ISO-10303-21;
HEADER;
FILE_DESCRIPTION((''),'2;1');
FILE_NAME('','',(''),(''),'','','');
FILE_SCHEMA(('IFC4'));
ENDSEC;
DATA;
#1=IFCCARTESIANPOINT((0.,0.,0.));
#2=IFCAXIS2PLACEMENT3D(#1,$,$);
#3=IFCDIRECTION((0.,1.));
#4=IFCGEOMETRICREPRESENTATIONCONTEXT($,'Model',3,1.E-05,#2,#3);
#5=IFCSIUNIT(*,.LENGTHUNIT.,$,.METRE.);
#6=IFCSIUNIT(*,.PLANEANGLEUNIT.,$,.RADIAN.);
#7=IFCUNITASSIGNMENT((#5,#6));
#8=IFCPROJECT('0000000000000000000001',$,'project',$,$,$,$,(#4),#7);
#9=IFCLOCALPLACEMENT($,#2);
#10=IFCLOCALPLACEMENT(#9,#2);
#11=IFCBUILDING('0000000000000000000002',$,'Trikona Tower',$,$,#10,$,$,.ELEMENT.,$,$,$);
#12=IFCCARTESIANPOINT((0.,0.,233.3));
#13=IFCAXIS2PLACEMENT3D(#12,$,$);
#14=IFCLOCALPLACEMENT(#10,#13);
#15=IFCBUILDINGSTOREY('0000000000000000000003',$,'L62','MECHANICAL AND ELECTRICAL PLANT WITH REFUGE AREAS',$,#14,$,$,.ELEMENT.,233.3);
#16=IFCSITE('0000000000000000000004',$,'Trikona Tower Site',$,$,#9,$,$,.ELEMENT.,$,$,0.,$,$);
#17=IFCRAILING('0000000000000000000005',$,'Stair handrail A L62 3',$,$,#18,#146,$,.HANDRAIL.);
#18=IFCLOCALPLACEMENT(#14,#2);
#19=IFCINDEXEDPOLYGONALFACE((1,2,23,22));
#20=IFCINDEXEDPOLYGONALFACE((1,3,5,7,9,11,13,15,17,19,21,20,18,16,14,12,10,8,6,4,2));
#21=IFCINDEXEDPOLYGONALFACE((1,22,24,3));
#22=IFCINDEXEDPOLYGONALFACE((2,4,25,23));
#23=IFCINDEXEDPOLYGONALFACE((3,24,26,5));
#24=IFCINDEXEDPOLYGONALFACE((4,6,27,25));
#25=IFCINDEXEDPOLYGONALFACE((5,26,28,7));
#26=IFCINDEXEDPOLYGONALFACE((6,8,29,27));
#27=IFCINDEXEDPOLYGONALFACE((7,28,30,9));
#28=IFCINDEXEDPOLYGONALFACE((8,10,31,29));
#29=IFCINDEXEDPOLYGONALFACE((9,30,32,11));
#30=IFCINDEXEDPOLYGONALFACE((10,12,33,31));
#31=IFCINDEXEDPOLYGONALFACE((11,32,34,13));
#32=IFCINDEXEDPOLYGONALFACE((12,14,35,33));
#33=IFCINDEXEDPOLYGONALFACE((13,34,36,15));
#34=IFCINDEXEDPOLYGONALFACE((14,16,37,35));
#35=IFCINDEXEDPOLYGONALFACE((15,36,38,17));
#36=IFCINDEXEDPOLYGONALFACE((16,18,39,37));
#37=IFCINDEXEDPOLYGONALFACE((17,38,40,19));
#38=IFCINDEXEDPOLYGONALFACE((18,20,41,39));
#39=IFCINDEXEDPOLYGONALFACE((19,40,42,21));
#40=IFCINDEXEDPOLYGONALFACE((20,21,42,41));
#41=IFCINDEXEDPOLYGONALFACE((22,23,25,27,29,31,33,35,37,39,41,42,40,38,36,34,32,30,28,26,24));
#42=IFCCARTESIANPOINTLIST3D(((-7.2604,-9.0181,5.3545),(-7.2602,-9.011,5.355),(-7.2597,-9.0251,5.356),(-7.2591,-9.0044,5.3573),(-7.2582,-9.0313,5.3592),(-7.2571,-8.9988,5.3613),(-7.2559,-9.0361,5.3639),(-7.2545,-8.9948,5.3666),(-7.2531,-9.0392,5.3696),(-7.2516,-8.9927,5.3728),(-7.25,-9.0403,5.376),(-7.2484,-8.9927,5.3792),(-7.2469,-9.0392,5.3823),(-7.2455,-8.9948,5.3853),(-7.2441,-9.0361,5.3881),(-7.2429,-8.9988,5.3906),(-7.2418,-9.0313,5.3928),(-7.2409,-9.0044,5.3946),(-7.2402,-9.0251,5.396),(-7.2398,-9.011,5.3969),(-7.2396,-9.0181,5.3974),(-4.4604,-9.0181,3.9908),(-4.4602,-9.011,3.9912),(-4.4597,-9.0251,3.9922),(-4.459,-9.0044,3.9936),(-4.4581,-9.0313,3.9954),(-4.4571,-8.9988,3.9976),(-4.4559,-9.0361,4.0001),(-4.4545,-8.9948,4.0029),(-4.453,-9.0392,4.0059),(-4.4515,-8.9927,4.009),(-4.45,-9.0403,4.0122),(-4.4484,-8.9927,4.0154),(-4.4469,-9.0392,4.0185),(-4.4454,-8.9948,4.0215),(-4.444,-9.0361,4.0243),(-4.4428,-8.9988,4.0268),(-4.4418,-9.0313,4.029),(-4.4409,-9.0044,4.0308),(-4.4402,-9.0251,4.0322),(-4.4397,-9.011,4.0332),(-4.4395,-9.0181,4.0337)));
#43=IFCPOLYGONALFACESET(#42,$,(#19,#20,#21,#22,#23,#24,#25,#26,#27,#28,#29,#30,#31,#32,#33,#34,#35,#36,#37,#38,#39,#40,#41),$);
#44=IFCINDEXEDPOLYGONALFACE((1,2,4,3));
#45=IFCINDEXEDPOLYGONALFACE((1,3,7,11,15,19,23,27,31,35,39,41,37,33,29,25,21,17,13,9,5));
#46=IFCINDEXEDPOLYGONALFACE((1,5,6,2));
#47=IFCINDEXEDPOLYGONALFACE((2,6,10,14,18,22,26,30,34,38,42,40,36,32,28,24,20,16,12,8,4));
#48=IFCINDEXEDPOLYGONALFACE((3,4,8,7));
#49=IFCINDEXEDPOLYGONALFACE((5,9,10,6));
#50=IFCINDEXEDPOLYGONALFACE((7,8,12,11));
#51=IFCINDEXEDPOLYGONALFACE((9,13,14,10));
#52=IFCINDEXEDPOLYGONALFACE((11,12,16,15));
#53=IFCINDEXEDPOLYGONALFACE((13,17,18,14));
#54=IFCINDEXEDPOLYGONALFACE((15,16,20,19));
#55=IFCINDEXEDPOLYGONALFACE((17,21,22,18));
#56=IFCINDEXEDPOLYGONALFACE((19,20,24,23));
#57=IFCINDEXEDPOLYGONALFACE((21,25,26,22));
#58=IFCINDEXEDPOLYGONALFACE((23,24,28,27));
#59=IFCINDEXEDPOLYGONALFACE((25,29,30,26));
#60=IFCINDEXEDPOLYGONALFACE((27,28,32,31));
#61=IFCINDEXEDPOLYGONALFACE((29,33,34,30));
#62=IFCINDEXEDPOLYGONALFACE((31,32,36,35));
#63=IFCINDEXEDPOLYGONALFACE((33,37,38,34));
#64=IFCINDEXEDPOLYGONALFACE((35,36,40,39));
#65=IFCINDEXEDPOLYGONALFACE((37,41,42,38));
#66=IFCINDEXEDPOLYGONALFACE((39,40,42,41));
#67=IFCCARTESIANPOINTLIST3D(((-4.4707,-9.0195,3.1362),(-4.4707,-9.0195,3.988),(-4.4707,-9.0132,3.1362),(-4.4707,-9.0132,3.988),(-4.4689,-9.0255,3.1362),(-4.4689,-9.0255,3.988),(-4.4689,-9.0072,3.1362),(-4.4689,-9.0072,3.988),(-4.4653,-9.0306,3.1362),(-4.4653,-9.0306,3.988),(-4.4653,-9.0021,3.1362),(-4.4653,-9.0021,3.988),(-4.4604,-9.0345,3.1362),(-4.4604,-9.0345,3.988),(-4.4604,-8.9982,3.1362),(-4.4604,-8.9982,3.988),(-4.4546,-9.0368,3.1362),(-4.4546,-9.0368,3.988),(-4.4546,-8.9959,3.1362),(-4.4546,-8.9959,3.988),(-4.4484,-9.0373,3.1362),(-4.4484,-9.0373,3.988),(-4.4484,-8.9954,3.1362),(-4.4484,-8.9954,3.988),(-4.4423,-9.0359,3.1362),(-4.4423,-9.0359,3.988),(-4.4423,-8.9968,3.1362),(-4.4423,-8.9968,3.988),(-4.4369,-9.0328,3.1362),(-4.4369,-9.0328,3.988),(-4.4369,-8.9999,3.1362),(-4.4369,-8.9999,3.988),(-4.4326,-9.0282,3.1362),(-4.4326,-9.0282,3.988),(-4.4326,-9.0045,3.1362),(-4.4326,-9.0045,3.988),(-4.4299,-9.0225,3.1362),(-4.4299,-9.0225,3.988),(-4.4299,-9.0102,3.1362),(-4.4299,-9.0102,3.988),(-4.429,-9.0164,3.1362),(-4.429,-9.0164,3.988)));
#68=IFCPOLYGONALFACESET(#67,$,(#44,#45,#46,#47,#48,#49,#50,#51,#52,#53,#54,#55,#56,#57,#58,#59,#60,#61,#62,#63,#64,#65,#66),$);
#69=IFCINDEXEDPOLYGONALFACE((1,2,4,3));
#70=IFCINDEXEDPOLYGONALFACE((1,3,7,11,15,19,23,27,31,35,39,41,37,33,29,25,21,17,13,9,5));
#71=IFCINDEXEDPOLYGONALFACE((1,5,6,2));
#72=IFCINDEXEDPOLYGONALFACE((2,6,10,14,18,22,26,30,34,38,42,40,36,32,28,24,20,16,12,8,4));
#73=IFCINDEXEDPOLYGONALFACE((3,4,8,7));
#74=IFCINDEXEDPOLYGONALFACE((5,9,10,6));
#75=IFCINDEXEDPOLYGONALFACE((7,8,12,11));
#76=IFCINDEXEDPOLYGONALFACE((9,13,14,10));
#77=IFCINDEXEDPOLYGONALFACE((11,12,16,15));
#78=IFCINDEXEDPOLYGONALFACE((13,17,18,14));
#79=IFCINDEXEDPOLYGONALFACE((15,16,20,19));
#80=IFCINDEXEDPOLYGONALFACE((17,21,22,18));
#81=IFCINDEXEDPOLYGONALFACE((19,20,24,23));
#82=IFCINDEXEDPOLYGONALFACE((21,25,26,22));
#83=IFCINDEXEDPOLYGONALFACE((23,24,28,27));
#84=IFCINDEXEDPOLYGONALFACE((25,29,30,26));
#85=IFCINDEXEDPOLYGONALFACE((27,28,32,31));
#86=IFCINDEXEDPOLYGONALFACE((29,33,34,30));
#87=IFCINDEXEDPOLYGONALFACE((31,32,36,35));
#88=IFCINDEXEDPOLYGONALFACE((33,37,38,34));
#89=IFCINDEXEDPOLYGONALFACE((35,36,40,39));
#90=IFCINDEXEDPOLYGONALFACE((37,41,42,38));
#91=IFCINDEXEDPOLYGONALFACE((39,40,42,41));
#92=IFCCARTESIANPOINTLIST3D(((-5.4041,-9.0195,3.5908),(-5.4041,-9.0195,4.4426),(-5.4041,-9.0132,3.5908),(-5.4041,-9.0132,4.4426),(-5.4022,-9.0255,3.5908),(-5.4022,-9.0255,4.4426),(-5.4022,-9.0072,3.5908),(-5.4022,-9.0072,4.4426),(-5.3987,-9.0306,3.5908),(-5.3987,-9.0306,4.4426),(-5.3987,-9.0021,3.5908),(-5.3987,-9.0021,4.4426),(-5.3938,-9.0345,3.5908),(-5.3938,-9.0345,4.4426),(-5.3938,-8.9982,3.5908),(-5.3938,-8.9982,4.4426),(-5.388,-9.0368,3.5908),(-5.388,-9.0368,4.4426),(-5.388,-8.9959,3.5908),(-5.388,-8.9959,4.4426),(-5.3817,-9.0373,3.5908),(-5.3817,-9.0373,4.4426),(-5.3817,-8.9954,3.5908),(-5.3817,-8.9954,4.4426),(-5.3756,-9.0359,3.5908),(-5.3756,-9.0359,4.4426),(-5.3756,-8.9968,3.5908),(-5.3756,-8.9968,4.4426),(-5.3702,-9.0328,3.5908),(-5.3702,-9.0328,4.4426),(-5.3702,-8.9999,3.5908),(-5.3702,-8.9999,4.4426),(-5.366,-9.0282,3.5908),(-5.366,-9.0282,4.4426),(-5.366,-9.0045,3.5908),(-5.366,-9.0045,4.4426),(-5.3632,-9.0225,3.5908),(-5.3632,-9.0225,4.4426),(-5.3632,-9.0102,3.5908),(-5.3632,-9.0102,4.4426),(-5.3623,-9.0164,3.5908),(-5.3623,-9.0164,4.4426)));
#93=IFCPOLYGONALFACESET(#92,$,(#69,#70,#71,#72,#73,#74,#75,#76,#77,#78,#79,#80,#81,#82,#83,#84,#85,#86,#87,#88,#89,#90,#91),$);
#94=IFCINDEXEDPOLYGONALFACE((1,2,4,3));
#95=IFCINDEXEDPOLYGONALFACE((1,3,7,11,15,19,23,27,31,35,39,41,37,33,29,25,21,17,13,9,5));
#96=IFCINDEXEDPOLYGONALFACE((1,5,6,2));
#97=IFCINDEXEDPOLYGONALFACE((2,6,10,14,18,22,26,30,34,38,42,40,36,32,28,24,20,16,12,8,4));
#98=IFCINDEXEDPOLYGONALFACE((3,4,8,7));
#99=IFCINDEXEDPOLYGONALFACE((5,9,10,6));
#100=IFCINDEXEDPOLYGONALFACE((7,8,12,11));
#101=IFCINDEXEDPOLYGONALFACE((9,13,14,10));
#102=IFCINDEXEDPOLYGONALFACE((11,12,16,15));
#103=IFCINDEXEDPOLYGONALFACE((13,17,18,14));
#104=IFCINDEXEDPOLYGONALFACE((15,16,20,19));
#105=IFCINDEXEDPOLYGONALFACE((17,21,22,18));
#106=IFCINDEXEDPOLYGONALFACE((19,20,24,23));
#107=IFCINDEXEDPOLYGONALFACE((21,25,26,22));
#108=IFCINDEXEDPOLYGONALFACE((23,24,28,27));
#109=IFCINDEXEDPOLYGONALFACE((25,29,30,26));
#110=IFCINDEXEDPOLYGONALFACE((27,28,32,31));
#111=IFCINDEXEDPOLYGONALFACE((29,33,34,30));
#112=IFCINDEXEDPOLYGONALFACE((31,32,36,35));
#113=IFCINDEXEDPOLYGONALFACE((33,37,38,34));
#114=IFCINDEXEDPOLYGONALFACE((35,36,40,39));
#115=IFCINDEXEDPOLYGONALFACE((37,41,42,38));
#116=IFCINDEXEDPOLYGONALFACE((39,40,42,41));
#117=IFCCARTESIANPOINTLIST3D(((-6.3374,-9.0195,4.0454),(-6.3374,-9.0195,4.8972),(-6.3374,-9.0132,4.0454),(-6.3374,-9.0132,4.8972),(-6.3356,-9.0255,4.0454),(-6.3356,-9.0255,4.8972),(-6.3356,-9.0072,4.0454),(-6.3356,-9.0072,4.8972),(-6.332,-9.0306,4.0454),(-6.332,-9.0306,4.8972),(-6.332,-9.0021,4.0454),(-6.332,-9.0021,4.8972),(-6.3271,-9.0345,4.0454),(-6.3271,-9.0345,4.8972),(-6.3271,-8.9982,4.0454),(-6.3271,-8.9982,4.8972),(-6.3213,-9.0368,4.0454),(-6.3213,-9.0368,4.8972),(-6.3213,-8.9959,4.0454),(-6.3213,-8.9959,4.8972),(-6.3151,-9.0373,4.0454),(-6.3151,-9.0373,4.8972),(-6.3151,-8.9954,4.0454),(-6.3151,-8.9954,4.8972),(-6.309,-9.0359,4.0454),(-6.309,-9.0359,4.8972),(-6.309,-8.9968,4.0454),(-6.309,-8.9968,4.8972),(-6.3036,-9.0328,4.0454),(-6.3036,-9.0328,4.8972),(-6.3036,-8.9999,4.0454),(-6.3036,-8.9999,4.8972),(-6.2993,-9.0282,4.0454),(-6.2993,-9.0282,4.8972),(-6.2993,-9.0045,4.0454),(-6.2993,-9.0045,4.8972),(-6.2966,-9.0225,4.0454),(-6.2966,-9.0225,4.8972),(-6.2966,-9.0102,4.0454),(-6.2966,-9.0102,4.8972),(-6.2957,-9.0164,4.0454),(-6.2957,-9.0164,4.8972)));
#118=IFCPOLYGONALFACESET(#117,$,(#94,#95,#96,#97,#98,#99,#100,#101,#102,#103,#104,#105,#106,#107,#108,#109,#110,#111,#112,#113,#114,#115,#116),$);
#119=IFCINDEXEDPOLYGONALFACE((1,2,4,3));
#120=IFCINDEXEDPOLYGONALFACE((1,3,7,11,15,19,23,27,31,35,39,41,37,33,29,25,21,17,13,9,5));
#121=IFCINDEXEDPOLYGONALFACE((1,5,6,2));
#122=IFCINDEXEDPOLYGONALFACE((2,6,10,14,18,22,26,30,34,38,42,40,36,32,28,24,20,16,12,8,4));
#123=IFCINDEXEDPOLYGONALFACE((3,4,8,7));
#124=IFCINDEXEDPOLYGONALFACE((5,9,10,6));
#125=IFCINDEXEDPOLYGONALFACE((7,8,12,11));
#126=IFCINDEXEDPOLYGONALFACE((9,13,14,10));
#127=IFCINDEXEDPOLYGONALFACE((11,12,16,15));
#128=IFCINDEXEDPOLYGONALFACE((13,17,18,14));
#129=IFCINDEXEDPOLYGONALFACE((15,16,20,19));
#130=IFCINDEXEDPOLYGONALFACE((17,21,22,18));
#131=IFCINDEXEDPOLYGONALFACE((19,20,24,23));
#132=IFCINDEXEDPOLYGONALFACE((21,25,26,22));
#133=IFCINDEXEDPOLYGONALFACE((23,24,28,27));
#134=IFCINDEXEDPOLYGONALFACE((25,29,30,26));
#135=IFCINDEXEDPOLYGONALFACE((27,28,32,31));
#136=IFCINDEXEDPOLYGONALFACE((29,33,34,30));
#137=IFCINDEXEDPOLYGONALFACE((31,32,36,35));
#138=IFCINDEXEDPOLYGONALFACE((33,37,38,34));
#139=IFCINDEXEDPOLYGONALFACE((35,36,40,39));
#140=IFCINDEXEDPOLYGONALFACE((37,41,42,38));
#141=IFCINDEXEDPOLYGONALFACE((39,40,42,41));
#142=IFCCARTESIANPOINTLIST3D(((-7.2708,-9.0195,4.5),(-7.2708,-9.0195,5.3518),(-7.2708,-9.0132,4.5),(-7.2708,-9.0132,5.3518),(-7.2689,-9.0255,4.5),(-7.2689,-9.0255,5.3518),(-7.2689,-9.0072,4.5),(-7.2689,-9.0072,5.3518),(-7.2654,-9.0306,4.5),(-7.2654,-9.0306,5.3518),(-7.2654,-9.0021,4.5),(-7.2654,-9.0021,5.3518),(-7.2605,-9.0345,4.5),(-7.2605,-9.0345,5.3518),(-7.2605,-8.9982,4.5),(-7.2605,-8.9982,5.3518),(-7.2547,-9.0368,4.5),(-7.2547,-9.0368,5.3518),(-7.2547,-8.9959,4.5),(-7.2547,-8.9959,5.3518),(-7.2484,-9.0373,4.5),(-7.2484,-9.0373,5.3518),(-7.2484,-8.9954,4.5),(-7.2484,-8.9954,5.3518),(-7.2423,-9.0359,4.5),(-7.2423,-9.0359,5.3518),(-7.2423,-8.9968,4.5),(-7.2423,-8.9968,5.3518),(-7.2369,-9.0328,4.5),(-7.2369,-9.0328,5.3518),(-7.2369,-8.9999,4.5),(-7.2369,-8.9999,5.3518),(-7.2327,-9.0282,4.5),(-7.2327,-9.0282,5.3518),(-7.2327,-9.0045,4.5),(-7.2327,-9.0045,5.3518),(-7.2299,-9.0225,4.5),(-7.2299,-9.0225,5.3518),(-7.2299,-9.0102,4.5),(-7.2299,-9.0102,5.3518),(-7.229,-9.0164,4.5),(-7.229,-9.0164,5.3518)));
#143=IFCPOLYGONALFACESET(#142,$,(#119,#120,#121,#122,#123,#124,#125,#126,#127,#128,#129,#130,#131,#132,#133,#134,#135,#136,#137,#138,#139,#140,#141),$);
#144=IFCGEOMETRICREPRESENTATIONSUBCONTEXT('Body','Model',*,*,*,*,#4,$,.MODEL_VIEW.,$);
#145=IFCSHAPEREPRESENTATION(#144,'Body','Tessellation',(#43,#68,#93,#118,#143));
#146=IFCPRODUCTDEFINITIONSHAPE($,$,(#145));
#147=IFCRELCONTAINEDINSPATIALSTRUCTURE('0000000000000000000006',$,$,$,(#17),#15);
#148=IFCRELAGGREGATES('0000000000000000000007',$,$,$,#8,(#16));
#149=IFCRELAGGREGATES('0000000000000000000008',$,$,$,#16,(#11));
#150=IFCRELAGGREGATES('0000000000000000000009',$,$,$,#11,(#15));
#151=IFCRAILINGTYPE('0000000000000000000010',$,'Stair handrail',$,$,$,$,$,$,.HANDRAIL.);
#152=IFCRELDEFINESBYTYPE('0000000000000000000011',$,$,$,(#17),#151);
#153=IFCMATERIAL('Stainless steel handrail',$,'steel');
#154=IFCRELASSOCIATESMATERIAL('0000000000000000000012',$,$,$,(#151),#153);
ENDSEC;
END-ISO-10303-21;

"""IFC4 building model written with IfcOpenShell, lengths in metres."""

from ifc_helpers import new_model, si_unit, direction, frame, origin, origin_2d, place, context, subcontext, project, spatial, circle, extrude, material, type_object, element, save


model = new_model("IFC4")

# Units and contexts
model_context = context("Model", 3, precision=1e-05, world=origin(), true_north=direction((0.0, 1.0)))
body_context = subcontext(model_context, "Body", "Model", "MODEL_VIEW")
ifc_project = project(units=[si_unit("LENGTHUNIT", "METRE"), si_unit("PLANEANGLEUNIT", "RADIAN")], contexts=[model_context])

# Site, building, storey
site_placement = place(None, origin())
site = spatial("IfcSite", under=ifc_project, at=site_placement, Name="Trikona Tower Site", CompositionType="ELEMENT", RefElevation=0.0)
building_placement = place(site_placement, origin())
building = spatial("IfcBuilding", under=site, at=building_placement, Name="Trikona Tower", CompositionType="ELEMENT")
storey_placement = place(building_placement, frame((0.0, 0.0, 233.3)))
storey = spatial("IfcBuildingStorey", under=building, at=storey_placement, Name="L62", Description="MECHANICAL AND ELECTRICAL PLANT WITH REFUGE AREAS", CompositionType="ELEMENT", Elevation=233.3)

# Railing
ifc_material_1 = material(Name="Stainless steel handrail", Category="steel")
railing_type = type_object("IfcRailingType", Name="Stair handrail", PredefinedType="HANDRAIL", material=ifc_material_1)
railing_1_placement = place(storey_placement, frame((-4.45, -9.0164, 3.1362)))
element("IfcRailing", 1, at=railing_1_placement, inside=storey, type_object=railing_type, Name="Stair handrail A L62 3", PredefinedType="HANDRAIL", context=body_context, shape_type="SweptSolid", body=[
    extrude(circle(Radius=0.0239, at=origin_2d()), frame((0.0, 0.0, 0.876), z_axis=(-0.899035, 0.0, 0.437877), x_axis=(0.0, -1.0, 0.0)), (0.0, 0.0, 1.0), 3.1145),
    extrude(circle(Radius=0.021, at=origin_2d()), origin(), (0.0, 0.0, 1.0), 0.8518),
    extrude(circle(Radius=0.021, at=origin_2d()), frame((-0.9333, 0.0, 0.4546)), (0.0, 0.0, 1.0), 0.8518),
    extrude(circle(Radius=0.021, at=origin_2d()), frame((-1.8667, 0.0, 0.9092)), (0.0, 0.0, 1.0), 0.8518),
    extrude(circle(Radius=0.021, at=origin_2d()), frame((-2.8, 0.0, 1.3638)), (0.0, 0.0, 1.0), 0.8518),
])

save(model, "model.ifc")
